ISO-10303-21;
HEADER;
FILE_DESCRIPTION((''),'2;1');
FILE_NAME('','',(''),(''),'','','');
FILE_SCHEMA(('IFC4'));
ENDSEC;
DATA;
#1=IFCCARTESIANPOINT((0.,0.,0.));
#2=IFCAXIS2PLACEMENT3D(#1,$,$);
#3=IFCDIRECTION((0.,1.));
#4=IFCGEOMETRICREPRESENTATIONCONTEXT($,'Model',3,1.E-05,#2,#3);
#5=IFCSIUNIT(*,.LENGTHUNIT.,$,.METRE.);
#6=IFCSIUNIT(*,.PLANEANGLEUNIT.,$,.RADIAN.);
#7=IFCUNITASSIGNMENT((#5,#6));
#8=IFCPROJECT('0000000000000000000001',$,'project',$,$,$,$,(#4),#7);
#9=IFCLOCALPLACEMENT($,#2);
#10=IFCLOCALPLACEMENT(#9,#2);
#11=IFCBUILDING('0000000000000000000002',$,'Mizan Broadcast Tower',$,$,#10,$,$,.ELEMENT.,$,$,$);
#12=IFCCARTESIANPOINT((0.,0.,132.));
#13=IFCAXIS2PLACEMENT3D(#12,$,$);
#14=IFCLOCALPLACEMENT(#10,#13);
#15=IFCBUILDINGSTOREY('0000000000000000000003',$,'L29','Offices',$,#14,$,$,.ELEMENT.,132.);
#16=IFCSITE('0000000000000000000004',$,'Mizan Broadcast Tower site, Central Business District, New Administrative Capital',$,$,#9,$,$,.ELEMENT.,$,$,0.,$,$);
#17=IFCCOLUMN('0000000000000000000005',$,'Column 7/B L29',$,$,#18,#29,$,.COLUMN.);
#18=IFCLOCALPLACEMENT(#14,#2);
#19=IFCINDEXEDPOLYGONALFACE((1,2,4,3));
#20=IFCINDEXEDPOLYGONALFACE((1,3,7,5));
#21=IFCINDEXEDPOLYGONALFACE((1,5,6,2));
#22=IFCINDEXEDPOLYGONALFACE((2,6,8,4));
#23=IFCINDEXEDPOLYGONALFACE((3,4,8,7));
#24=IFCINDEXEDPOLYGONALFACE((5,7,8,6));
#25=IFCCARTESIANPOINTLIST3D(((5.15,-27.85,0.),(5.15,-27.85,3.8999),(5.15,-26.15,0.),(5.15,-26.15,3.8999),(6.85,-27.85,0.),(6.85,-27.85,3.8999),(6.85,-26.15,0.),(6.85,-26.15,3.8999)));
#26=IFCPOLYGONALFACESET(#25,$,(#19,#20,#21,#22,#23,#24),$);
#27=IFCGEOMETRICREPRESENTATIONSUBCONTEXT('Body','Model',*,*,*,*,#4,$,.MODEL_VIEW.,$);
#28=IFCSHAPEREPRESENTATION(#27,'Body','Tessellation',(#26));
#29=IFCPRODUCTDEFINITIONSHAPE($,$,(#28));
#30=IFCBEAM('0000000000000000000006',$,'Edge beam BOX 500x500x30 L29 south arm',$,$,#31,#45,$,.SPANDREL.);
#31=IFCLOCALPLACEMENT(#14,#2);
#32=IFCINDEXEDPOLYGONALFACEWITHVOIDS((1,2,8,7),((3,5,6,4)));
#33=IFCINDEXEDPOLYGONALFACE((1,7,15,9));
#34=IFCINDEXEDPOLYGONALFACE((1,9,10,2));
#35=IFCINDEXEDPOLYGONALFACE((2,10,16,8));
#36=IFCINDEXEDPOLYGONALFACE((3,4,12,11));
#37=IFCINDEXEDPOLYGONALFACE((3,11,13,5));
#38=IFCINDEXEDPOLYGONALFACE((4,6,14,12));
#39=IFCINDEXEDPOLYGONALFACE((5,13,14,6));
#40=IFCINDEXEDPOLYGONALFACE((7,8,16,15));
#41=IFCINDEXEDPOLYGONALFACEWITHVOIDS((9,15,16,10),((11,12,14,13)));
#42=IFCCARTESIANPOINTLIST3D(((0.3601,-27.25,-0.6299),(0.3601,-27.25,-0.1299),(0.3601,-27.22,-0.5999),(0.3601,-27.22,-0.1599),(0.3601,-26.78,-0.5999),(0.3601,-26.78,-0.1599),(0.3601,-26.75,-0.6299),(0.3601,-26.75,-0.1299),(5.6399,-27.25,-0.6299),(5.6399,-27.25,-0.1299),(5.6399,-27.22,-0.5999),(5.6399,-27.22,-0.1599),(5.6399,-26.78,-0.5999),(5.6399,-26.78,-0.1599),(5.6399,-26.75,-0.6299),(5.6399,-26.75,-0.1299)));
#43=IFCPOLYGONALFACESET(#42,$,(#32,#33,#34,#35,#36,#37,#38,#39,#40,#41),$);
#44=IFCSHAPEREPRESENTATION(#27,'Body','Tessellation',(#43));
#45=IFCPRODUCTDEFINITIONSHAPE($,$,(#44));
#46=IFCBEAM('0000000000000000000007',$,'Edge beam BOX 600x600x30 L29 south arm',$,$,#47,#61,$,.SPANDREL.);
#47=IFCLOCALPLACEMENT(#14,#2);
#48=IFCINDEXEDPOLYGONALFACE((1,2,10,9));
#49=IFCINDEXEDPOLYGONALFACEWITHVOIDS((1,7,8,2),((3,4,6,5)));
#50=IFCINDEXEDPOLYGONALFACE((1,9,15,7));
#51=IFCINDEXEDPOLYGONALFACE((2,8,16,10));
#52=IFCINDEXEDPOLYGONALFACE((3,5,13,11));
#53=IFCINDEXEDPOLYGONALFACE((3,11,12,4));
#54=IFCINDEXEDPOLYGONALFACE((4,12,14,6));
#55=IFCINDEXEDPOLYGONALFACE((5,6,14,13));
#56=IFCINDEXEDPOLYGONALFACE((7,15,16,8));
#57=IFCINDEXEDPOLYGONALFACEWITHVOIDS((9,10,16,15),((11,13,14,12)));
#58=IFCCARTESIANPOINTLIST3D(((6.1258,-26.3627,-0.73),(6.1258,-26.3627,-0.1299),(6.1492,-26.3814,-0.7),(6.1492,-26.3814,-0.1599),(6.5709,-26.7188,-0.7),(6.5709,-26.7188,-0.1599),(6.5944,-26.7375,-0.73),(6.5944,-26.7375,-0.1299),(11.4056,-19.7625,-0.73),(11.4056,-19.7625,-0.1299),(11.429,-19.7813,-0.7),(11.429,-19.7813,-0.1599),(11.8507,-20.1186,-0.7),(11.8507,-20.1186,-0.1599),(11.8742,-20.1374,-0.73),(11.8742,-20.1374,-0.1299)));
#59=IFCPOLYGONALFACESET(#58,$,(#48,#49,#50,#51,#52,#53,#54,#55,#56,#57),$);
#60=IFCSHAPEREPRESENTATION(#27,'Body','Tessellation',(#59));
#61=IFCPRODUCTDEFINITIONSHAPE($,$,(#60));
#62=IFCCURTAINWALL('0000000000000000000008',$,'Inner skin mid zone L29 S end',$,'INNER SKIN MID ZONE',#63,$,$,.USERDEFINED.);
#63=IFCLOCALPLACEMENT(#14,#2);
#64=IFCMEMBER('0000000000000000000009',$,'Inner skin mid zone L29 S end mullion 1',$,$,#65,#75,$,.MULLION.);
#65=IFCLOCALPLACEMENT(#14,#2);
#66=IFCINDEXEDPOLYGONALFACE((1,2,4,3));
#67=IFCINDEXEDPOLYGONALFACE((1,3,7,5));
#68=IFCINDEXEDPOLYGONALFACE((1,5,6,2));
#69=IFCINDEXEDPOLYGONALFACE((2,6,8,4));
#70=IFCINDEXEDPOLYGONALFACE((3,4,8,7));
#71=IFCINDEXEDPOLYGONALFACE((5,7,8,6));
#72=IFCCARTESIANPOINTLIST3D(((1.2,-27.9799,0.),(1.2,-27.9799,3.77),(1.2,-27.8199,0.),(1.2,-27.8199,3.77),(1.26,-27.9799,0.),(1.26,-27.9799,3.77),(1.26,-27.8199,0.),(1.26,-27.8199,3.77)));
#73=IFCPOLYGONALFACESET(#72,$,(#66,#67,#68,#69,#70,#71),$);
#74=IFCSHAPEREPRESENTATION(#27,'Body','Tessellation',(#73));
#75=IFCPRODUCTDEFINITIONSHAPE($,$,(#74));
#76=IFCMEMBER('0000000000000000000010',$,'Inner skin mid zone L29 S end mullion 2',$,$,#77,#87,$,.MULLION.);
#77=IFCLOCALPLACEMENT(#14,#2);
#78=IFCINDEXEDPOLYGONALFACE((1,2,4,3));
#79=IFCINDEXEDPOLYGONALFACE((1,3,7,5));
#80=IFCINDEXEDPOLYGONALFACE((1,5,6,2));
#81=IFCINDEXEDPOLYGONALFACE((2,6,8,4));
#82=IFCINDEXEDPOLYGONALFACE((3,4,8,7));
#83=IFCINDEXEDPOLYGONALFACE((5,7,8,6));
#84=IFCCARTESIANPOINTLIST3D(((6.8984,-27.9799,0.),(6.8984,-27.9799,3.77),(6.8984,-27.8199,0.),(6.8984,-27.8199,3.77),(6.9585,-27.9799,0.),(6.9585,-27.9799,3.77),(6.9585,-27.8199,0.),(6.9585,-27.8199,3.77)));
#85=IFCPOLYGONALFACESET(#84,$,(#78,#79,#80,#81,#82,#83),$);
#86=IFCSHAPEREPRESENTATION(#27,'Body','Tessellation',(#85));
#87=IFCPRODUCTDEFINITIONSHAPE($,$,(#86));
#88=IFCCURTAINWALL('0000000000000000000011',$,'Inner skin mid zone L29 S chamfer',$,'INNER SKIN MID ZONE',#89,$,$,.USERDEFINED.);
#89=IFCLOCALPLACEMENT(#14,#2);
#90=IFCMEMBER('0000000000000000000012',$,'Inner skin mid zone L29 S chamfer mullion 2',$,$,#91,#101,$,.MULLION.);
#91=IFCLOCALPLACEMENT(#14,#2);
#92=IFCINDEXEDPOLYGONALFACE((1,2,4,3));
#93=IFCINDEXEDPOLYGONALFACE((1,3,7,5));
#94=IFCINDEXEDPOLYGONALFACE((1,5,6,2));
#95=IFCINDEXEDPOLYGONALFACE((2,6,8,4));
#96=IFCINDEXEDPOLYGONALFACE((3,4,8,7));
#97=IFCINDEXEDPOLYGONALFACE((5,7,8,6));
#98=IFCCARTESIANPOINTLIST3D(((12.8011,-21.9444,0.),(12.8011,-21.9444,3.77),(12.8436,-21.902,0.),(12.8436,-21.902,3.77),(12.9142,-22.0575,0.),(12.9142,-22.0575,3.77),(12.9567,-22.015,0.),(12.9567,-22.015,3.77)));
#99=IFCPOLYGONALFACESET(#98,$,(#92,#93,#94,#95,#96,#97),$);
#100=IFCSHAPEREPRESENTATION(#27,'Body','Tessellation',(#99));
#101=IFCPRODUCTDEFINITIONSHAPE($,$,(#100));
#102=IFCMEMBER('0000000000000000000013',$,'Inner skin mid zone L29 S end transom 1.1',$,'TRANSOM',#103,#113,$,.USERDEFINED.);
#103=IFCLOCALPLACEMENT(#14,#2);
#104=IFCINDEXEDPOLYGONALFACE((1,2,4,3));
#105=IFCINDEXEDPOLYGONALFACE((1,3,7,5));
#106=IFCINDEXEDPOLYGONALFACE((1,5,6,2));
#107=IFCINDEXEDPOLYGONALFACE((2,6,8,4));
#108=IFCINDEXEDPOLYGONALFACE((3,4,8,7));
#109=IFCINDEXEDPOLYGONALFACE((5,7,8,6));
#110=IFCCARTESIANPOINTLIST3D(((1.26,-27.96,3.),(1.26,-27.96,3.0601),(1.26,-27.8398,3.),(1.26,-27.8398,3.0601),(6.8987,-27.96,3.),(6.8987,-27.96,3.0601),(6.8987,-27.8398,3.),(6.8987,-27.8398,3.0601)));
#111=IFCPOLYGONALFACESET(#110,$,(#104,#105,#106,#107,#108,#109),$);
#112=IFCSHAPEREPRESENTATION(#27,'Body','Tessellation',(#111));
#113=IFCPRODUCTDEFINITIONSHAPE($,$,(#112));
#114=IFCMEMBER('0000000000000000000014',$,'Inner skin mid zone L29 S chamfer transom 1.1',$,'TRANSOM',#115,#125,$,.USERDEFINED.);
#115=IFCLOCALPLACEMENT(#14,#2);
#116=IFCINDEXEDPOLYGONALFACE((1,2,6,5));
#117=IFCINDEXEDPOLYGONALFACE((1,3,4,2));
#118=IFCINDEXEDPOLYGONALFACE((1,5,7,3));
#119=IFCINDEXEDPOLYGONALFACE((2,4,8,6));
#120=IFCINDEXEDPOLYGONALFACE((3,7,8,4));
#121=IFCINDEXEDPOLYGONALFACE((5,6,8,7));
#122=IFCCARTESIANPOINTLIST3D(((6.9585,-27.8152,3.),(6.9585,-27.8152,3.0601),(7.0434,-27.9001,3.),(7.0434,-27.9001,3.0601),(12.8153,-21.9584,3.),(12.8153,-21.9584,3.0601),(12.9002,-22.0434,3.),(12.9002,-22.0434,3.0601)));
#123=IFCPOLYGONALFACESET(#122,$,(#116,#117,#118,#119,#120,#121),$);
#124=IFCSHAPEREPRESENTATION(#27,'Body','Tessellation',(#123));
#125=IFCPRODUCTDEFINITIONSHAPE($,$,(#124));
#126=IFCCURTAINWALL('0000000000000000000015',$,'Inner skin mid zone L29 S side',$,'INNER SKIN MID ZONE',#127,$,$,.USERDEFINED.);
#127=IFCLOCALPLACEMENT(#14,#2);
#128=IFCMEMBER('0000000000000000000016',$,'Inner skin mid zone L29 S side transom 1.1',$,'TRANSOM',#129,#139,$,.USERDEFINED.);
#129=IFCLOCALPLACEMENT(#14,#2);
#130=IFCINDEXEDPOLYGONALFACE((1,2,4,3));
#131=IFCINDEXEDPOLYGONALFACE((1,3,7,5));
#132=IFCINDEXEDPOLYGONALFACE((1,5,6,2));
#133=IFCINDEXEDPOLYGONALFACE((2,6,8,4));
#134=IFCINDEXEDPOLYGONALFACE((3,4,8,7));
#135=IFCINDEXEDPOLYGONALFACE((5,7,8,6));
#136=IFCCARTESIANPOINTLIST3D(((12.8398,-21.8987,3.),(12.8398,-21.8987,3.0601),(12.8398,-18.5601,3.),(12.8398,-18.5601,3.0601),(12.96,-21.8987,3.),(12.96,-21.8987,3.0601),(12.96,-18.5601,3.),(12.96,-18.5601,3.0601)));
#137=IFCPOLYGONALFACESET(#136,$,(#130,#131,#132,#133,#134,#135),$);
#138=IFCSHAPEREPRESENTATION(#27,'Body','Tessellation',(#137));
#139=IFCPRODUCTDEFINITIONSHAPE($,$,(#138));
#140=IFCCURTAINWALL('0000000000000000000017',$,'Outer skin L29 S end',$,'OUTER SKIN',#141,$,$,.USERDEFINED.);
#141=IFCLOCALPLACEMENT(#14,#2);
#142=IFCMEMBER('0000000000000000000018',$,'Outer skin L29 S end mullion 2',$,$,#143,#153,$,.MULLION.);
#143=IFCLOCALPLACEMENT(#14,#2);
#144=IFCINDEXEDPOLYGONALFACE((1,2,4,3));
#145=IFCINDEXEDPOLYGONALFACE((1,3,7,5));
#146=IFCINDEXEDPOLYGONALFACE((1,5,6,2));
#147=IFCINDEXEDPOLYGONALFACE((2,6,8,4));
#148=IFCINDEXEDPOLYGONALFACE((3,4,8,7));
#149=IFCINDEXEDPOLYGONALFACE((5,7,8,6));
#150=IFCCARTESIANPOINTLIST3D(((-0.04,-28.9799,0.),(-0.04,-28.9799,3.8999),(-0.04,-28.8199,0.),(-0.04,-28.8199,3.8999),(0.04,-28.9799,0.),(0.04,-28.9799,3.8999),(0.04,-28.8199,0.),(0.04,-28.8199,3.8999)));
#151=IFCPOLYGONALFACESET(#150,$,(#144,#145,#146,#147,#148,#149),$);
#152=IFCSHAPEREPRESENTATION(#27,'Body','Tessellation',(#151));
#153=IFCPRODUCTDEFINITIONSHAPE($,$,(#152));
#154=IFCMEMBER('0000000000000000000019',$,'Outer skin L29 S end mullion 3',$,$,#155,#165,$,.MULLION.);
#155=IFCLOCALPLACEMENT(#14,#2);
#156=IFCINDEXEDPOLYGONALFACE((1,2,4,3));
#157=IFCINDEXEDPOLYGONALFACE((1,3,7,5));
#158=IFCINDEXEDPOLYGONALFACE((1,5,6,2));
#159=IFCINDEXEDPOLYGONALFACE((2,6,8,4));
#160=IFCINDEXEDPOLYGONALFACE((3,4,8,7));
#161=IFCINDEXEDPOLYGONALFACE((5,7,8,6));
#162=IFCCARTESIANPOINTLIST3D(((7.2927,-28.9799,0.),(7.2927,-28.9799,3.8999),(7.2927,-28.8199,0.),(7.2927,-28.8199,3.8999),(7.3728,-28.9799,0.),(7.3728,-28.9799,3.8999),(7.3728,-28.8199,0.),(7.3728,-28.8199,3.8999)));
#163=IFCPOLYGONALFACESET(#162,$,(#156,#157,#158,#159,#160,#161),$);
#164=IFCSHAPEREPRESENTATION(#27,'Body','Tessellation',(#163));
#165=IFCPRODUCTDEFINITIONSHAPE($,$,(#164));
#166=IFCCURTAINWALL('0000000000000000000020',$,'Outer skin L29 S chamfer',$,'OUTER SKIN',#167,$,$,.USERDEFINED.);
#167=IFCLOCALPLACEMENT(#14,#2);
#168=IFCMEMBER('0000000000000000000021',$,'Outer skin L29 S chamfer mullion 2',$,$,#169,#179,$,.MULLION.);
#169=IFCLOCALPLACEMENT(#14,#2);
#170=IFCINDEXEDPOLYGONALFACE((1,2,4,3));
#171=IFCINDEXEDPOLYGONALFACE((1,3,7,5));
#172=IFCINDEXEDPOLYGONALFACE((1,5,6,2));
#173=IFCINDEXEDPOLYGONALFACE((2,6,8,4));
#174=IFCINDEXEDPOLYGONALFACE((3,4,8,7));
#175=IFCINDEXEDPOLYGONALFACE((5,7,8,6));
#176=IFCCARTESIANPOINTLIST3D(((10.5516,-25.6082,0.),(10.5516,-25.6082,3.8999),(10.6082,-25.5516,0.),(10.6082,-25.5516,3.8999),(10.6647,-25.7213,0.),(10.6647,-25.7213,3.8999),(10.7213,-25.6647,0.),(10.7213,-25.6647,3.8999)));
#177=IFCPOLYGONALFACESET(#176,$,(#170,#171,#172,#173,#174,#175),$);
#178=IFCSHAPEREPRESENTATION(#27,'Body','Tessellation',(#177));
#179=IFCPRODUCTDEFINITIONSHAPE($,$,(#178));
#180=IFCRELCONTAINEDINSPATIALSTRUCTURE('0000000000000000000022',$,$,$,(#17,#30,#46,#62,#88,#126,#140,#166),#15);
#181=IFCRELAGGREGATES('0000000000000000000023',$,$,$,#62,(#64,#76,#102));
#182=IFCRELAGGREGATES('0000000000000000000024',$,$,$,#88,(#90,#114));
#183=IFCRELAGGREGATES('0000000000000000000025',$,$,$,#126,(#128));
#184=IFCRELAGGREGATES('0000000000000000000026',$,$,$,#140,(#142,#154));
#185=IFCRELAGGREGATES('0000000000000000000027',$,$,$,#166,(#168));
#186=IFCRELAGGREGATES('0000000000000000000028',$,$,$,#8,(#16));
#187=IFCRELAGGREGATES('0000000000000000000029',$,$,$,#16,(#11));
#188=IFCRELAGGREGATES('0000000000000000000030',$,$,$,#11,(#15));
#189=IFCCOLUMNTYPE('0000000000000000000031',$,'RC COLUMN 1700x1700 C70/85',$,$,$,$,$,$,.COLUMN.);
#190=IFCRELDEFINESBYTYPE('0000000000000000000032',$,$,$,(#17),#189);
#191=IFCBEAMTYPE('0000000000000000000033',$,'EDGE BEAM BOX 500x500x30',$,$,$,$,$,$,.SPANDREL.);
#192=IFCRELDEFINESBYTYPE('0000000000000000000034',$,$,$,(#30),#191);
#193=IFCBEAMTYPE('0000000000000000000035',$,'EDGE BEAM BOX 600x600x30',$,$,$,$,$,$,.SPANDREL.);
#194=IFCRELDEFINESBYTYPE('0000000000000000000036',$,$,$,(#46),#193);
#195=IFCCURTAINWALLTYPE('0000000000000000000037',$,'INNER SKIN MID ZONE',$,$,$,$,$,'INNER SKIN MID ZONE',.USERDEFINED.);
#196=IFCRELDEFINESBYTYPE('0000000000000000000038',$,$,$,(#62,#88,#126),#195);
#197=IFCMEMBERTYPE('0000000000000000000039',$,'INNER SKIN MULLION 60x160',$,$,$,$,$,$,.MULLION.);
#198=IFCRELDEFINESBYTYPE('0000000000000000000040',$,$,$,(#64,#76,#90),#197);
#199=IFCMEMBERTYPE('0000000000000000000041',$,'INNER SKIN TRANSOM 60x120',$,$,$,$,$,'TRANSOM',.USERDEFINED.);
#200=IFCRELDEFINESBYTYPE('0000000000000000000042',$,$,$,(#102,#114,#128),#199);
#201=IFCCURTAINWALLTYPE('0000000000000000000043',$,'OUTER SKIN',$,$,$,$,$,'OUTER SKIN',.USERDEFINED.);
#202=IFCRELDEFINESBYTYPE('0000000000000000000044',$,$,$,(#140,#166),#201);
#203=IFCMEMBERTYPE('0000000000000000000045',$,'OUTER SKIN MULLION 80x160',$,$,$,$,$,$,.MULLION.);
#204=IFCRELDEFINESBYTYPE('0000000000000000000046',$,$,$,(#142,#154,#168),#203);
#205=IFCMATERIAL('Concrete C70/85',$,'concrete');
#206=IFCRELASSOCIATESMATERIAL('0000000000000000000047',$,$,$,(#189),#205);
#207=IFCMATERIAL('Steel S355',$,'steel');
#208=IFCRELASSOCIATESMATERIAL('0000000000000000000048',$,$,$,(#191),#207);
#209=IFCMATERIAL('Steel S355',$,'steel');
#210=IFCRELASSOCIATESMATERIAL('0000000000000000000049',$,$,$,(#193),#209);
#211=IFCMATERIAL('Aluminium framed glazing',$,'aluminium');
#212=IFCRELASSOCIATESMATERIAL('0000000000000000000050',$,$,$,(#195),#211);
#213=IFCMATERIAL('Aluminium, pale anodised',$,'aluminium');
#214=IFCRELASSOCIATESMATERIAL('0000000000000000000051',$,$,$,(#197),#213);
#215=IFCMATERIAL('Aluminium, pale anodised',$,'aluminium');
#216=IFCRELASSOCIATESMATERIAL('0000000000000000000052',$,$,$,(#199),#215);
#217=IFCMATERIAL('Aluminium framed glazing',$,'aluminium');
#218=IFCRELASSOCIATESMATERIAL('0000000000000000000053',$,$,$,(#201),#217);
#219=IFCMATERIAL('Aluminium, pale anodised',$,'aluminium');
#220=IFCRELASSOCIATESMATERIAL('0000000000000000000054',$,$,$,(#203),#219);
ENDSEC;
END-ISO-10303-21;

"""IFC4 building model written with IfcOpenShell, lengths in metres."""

from ifc_helpers import new_model, si_unit, direction, frame, origin, origin_2d, place, context, subcontext, project, spatial, rectangle, hollow_rectangle, extrude, material, material_profile, profile_set, type_object, element, aggregate, save


model = new_model("IFC4")

# Units and contexts
model_context = context("Model", 3, precision=1e-05, world=origin(), true_north=direction((0.0, 1.0)))
body_context = subcontext(model_context, "Body", "Model", "MODEL_VIEW")
ifc_project = project(units=[si_unit("LENGTHUNIT", "METRE"), si_unit("PLANEANGLEUNIT", "RADIAN")], contexts=[model_context])

# Site, building, storey
site_placement = place(None, origin())
site = spatial("IfcSite", under=ifc_project, at=site_placement, Name="Mizan Broadcast Tower site, Central Business District, New Administrative Capital", CompositionType="ELEMENT", RefElevation=0.0)
building_placement = place(site_placement, origin())
building = spatial("IfcBuilding", under=site, at=building_placement, Name="Mizan Broadcast Tower", CompositionType="ELEMENT")
storey_placement = place(building_placement, frame((0.0, 0.0, 132.0)))
storey = spatial("IfcBuildingStorey", under=building, at=storey_placement, Name="L29", Description="Offices", CompositionType="ELEMENT", Elevation=132.0)

# Column
ifc_material_1 = material(Name="Concrete C70/85", Category="concrete")
ifc_material_profile_1 = material_profile(ifc_material_1, rectangle(XDim=1.7, YDim=1.7, at=origin_2d()), Name="RC 1700x1700")
ifc_profile_set_1 = profile_set([ifc_material_profile_1], Name="Concrete C70/85")
column_type = type_object("IfcColumnType", Name="RC COLUMN 1700x1700 C70/85", PredefinedType="COLUMN", material=ifc_profile_set_1)
column_placement = place(storey_placement, frame((6.0, -27.0, 0.0), z_axis=(0.0, 0.0, 1.0), x_axis=(1.0, 0.0, 0.0)))
element("IfcColumn", 1, at=column_placement, inside=storey, type_object=column_type, Name="Column 7/B L29", PredefinedType="COLUMN", context=body_context, shape_type="SweptSolid", body=[
    extrude(rectangle(XDim=1.7, YDim=1.7, at=origin_2d()), origin(), (0.0, 0.0, 1.0), 3.8999),
])

# Beams
ifc_material_2 = material(Name="Steel S355", Category="steel")
ifc_material_profile_2 = material_profile(ifc_material_2, hollow_rectangle(XDim=0.5, YDim=0.5, WallThickness=0.03, at=origin_2d()), Name="BOX 500x500x30")
ifc_profile_set_2 = profile_set([ifc_material_profile_2], Name="Steel S355")
beam_type_1 = type_object("IfcBeamType", Name="EDGE BEAM BOX 500x500x30", PredefinedType="SPANDREL", material=ifc_profile_set_2)
beam_1_placement = place(storey_placement, frame((5.6399, -27.0, -0.3799), z_axis=(-1.0, 0.0, 0.0), x_axis=(0.0, -1.0, 0.0)))
element("IfcBeam", 2, at=beam_1_placement, inside=storey, type_object=beam_type_1, Name="Edge beam BOX 500x500x30 L29 south arm", PredefinedType="SPANDREL", context=body_context, shape_type="SweptSolid", body=[
    extrude(hollow_rectangle(XDim=0.5, YDim=0.5, WallThickness=0.03, at=origin_2d()), origin(), (0.0, 0.0, 1.0), 5.2798),
])
ifc_material_3 = material(Name="Steel S355", Category="steel")
ifc_material_profile_3 = material_profile(ifc_material_3, hollow_rectangle(XDim=0.6001, YDim=0.6001, WallThickness=0.03, at=origin_2d()), Name="BOX 600x600x30")
ifc_profile_set_3 = profile_set([ifc_material_profile_3], Name="Steel S355")
beam_type_2 = type_object("IfcBeamType", Name="EDGE BEAM BOX 600x600x30", PredefinedType="SPANDREL", material=ifc_profile_set_3)
beam_2_placement = place(storey_placement, frame((11.6399, -19.95, -0.4299), z_axis=(-0.624674, -0.780886, 0.0), x_axis=(0.780886, -0.624674, 0.0)))
element("IfcBeam", 3, at=beam_2_placement, inside=storey, type_object=beam_type_2, Name="Edge beam BOX 600x600x30 L29 south arm", PredefinedType="SPANDREL", context=body_context, shape_type="SweptSolid", body=[
    extrude(hollow_rectangle(XDim=0.6001, YDim=0.6001, WallThickness=0.03, at=origin_2d()), origin(), (0.0, 0.0, 1.0), 8.4521),
])

# Curtain wall, members
ifc_material_4 = material(Name="Aluminium framed glazing", Category="aluminium")
curtain_wall_type_1 = type_object("IfcCurtainWallType", Name="INNER SKIN MID ZONE", ElementType="INNER SKIN MID ZONE", PredefinedType="USERDEFINED", material=ifc_material_4)
curtain_wall_1_placement = place(storey_placement, origin())
curtain_wall_1 = element("IfcCurtainWall", 4, at=curtain_wall_1_placement, inside=storey, type_object=curtain_wall_type_1, Name="Inner skin mid zone L29 S end", ObjectType="INNER SKIN MID ZONE", PredefinedType="USERDEFINED")
ifc_material_5 = material(Name="Aluminium, pale anodised", Category="aluminium")
ifc_material_profile_4 = material_profile(ifc_material_5, rectangle(XDim=0.1599, YDim=0.0601, at=origin_2d()), Name="MULLION 160x60")
ifc_profile_set_4 = profile_set([ifc_material_profile_4], Name="Aluminium, pale anodised")
member_type_1 = type_object("IfcMemberType", Name="INNER SKIN MULLION 60x160", PredefinedType="MULLION", material=ifc_profile_set_4)
member_1_placement = place(storey_placement, frame((1.23, -27.8999, 0.0), z_axis=(0.0, 0.0, 1.0), x_axis=(0.0, 1.0, 0.0)))
member_1 = element("IfcMember", 5, at=member_1_placement, type_object=member_type_1, Name="Inner skin mid zone L29 S end mullion 1", PredefinedType="MULLION", context=body_context, shape_type="SweptSolid", body=[
    extrude(rectangle(XDim=0.1599, YDim=0.0601, at=origin_2d()), origin(), (0.0, 0.0, 1.0), 3.77),
])
member_2_placement = place(storey_placement, frame((6.9285, -27.8999, 0.0), z_axis=(0.0, 0.0, 1.0), x_axis=(0.0, 1.0, 0.0)))
member_2 = element("IfcMember", 6, at=member_2_placement, type_object=member_type_1, Name="Inner skin mid zone L29 S end mullion 2", PredefinedType="MULLION", context=body_context, shape_type="SweptSolid", body=[
    extrude(rectangle(XDim=0.1599, YDim=0.0601, at=origin_2d()), origin(), (0.0, 0.0, 1.0), 3.77),
])

# Curtain wall, member
curtain_wall_2_placement = place(storey_placement, origin())
curtain_wall_2 = element("IfcCurtainWall", 7, at=curtain_wall_2_placement, inside=storey, type_object=curtain_wall_type_1, Name="Inner skin mid zone L29 S chamfer", ObjectType="INNER SKIN MID ZONE", PredefinedType="USERDEFINED")
member_3_placement = place(storey_placement, frame((12.8789, -21.9797, 0.0), z_axis=(0.0, 0.0, 1.0), x_axis=(-0.707107, 0.707107, 0.0)))
member_3 = element("IfcMember", 8, at=member_3_placement, type_object=member_type_1, Name="Inner skin mid zone L29 S chamfer mullion 2", PredefinedType="MULLION", context=body_context, shape_type="SweptSolid", body=[
    extrude(rectangle(XDim=0.1599, YDim=0.0601, at=origin_2d()), origin(), (0.0, 0.0, 1.0), 3.77),
])

# Members
ifc_material_6 = material(Name="Aluminium, pale anodised", Category="aluminium")
ifc_material_profile_5 = material_profile(ifc_material_6, rectangle(XDim=0.1201, YDim=0.0601, at=origin_2d()), Name="TRANSOM 120x60")
ifc_profile_set_5 = profile_set([ifc_material_profile_5], Name="Aluminium, pale anodised")
member_type_2 = type_object("IfcMemberType", Name="INNER SKIN TRANSOM 60x120", ElementType="TRANSOM", PredefinedType="USERDEFINED", material=ifc_profile_set_5)
member_4_placement = place(storey_placement, frame((1.26, -27.8999, 3.03), z_axis=(1.0, 0.0, 0.0), x_axis=(0.0, 1.0, 0.0)))
member_4 = element("IfcMember", 9, at=member_4_placement, type_object=member_type_2, Name="Inner skin mid zone L29 S end transom 1.1", ObjectType="TRANSOM", PredefinedType="USERDEFINED", context=body_context, shape_type="SweptSolid", body=[
    extrude(rectangle(XDim=0.1201, YDim=0.0601, at=origin_2d()), origin(), (0.0, 0.0, 1.0), 5.6387),
])
member_5_placement = place(storey_placement, frame((7.001, -27.8577, 3.03), z_axis=(0.707107, 0.707107, 0.0), x_axis=(-0.707107, 0.707107, 0.0)))
member_5 = element("IfcMember", 10, at=member_5_placement, type_object=member_type_2, Name="Inner skin mid zone L29 S chamfer transom 1.1", ObjectType="TRANSOM", PredefinedType="USERDEFINED", context=body_context, shape_type="SweptSolid", body=[
    extrude(rectangle(XDim=0.1201, YDim=0.0601, at=origin_2d()), origin(), (0.0, 0.0, 1.0), 8.2827),
])

# Curtain wall, member
curtain_wall_3_placement = place(storey_placement, origin())
curtain_wall_3 = element("IfcCurtainWall", 11, at=curtain_wall_3_placement, inside=storey, type_object=curtain_wall_type_1, Name="Inner skin mid zone L29 S side", ObjectType="INNER SKIN MID ZONE", PredefinedType="USERDEFINED")
member_6_placement = place(storey_placement, frame((12.8999, -21.8987, 3.03), z_axis=(0.0, 1.0, 0.0), x_axis=(-1.0, 0.0, 0.0)))
member_6 = element("IfcMember", 12, at=member_6_placement, type_object=member_type_2, Name="Inner skin mid zone L29 S side transom 1.1", ObjectType="TRANSOM", PredefinedType="USERDEFINED", context=body_context, shape_type="SweptSolid", body=[
    extrude(rectangle(XDim=0.1201, YDim=0.0601, at=origin_2d()), origin(), (0.0, 0.0, 1.0), 3.3386),
])

# Curtain wall, members
ifc_material_7 = material(Name="Aluminium framed glazing", Category="aluminium")
curtain_wall_type_2 = type_object("IfcCurtainWallType", Name="OUTER SKIN", ElementType="OUTER SKIN", PredefinedType="USERDEFINED", material=ifc_material_7)
curtain_wall_4_placement = place(storey_placement, origin())
curtain_wall_4 = element("IfcCurtainWall", 13, at=curtain_wall_4_placement, inside=storey, type_object=curtain_wall_type_2, Name="Outer skin L29 S end", ObjectType="OUTER SKIN", PredefinedType="USERDEFINED")
ifc_material_8 = material(Name="Aluminium, pale anodised", Category="aluminium")
ifc_material_profile_6 = material_profile(ifc_material_8, rectangle(XDim=0.1599, YDim=0.0801, at=origin_2d()), Name="MULLION 160x80")
ifc_profile_set_6 = profile_set([ifc_material_profile_6], Name="Aluminium, pale anodised")
member_type_3 = type_object("IfcMemberType", Name="OUTER SKIN MULLION 80x160", PredefinedType="MULLION", material=ifc_profile_set_6)
member_7_placement = place(storey_placement, frame((0.0, -28.8999, 0.0), z_axis=(0.0, 0.0, 1.0), x_axis=(0.0, 1.0, 0.0)))
member_7 = element("IfcMember", 14, at=member_7_placement, type_object=member_type_3, Name="Outer skin L29 S end mullion 2", PredefinedType="MULLION", context=body_context, shape_type="SweptSolid", body=[
    extrude(rectangle(XDim=0.1599, YDim=0.0801, at=origin_2d()), origin(), (0.0, 0.0, 1.0), 3.8999),
])
member_8_placement = place(storey_placement, frame((7.3328, -28.8999, 0.0), z_axis=(0.0, 0.0, 1.0), x_axis=(0.0, 1.0, 0.0)))
member_8 = element("IfcMember", 15, at=member_8_placement, type_object=member_type_3, Name="Outer skin L29 S end mullion 3", PredefinedType="MULLION", context=body_context, shape_type="SweptSolid", body=[
    extrude(rectangle(XDim=0.1599, YDim=0.0801, at=origin_2d()), origin(), (0.0, 0.0, 1.0), 3.8999),
])

# Curtain wall, member
curtain_wall_5_placement = place(storey_placement, origin())
curtain_wall_5 = element("IfcCurtainWall", 16, at=curtain_wall_5_placement, inside=storey, type_object=curtain_wall_type_2, Name="Outer skin L29 S chamfer", ObjectType="OUTER SKIN", PredefinedType="USERDEFINED")
member_9_placement = place(storey_placement, frame((10.6365, -25.6365, 0.0), z_axis=(0.0, 0.0, 1.0), x_axis=(-0.707107, 0.707107, 0.0)))
member_9 = element("IfcMember", 17, at=member_9_placement, type_object=member_type_3, Name="Outer skin L29 S chamfer mullion 2", PredefinedType="MULLION", context=body_context, shape_type="SweptSolid", body=[
    extrude(rectangle(XDim=0.1599, YDim=0.0801, at=origin_2d()), origin(), (0.0, 0.0, 1.0), 3.8999),
])

aggregate(curtain_wall_1, [member_1, member_2, member_4])
aggregate(curtain_wall_2, [member_3, member_5])
aggregate(curtain_wall_3, [member_6])
aggregate(curtain_wall_4, [member_7, member_8])
aggregate(curtain_wall_5, [member_9])

save(model, "model.ifc")
